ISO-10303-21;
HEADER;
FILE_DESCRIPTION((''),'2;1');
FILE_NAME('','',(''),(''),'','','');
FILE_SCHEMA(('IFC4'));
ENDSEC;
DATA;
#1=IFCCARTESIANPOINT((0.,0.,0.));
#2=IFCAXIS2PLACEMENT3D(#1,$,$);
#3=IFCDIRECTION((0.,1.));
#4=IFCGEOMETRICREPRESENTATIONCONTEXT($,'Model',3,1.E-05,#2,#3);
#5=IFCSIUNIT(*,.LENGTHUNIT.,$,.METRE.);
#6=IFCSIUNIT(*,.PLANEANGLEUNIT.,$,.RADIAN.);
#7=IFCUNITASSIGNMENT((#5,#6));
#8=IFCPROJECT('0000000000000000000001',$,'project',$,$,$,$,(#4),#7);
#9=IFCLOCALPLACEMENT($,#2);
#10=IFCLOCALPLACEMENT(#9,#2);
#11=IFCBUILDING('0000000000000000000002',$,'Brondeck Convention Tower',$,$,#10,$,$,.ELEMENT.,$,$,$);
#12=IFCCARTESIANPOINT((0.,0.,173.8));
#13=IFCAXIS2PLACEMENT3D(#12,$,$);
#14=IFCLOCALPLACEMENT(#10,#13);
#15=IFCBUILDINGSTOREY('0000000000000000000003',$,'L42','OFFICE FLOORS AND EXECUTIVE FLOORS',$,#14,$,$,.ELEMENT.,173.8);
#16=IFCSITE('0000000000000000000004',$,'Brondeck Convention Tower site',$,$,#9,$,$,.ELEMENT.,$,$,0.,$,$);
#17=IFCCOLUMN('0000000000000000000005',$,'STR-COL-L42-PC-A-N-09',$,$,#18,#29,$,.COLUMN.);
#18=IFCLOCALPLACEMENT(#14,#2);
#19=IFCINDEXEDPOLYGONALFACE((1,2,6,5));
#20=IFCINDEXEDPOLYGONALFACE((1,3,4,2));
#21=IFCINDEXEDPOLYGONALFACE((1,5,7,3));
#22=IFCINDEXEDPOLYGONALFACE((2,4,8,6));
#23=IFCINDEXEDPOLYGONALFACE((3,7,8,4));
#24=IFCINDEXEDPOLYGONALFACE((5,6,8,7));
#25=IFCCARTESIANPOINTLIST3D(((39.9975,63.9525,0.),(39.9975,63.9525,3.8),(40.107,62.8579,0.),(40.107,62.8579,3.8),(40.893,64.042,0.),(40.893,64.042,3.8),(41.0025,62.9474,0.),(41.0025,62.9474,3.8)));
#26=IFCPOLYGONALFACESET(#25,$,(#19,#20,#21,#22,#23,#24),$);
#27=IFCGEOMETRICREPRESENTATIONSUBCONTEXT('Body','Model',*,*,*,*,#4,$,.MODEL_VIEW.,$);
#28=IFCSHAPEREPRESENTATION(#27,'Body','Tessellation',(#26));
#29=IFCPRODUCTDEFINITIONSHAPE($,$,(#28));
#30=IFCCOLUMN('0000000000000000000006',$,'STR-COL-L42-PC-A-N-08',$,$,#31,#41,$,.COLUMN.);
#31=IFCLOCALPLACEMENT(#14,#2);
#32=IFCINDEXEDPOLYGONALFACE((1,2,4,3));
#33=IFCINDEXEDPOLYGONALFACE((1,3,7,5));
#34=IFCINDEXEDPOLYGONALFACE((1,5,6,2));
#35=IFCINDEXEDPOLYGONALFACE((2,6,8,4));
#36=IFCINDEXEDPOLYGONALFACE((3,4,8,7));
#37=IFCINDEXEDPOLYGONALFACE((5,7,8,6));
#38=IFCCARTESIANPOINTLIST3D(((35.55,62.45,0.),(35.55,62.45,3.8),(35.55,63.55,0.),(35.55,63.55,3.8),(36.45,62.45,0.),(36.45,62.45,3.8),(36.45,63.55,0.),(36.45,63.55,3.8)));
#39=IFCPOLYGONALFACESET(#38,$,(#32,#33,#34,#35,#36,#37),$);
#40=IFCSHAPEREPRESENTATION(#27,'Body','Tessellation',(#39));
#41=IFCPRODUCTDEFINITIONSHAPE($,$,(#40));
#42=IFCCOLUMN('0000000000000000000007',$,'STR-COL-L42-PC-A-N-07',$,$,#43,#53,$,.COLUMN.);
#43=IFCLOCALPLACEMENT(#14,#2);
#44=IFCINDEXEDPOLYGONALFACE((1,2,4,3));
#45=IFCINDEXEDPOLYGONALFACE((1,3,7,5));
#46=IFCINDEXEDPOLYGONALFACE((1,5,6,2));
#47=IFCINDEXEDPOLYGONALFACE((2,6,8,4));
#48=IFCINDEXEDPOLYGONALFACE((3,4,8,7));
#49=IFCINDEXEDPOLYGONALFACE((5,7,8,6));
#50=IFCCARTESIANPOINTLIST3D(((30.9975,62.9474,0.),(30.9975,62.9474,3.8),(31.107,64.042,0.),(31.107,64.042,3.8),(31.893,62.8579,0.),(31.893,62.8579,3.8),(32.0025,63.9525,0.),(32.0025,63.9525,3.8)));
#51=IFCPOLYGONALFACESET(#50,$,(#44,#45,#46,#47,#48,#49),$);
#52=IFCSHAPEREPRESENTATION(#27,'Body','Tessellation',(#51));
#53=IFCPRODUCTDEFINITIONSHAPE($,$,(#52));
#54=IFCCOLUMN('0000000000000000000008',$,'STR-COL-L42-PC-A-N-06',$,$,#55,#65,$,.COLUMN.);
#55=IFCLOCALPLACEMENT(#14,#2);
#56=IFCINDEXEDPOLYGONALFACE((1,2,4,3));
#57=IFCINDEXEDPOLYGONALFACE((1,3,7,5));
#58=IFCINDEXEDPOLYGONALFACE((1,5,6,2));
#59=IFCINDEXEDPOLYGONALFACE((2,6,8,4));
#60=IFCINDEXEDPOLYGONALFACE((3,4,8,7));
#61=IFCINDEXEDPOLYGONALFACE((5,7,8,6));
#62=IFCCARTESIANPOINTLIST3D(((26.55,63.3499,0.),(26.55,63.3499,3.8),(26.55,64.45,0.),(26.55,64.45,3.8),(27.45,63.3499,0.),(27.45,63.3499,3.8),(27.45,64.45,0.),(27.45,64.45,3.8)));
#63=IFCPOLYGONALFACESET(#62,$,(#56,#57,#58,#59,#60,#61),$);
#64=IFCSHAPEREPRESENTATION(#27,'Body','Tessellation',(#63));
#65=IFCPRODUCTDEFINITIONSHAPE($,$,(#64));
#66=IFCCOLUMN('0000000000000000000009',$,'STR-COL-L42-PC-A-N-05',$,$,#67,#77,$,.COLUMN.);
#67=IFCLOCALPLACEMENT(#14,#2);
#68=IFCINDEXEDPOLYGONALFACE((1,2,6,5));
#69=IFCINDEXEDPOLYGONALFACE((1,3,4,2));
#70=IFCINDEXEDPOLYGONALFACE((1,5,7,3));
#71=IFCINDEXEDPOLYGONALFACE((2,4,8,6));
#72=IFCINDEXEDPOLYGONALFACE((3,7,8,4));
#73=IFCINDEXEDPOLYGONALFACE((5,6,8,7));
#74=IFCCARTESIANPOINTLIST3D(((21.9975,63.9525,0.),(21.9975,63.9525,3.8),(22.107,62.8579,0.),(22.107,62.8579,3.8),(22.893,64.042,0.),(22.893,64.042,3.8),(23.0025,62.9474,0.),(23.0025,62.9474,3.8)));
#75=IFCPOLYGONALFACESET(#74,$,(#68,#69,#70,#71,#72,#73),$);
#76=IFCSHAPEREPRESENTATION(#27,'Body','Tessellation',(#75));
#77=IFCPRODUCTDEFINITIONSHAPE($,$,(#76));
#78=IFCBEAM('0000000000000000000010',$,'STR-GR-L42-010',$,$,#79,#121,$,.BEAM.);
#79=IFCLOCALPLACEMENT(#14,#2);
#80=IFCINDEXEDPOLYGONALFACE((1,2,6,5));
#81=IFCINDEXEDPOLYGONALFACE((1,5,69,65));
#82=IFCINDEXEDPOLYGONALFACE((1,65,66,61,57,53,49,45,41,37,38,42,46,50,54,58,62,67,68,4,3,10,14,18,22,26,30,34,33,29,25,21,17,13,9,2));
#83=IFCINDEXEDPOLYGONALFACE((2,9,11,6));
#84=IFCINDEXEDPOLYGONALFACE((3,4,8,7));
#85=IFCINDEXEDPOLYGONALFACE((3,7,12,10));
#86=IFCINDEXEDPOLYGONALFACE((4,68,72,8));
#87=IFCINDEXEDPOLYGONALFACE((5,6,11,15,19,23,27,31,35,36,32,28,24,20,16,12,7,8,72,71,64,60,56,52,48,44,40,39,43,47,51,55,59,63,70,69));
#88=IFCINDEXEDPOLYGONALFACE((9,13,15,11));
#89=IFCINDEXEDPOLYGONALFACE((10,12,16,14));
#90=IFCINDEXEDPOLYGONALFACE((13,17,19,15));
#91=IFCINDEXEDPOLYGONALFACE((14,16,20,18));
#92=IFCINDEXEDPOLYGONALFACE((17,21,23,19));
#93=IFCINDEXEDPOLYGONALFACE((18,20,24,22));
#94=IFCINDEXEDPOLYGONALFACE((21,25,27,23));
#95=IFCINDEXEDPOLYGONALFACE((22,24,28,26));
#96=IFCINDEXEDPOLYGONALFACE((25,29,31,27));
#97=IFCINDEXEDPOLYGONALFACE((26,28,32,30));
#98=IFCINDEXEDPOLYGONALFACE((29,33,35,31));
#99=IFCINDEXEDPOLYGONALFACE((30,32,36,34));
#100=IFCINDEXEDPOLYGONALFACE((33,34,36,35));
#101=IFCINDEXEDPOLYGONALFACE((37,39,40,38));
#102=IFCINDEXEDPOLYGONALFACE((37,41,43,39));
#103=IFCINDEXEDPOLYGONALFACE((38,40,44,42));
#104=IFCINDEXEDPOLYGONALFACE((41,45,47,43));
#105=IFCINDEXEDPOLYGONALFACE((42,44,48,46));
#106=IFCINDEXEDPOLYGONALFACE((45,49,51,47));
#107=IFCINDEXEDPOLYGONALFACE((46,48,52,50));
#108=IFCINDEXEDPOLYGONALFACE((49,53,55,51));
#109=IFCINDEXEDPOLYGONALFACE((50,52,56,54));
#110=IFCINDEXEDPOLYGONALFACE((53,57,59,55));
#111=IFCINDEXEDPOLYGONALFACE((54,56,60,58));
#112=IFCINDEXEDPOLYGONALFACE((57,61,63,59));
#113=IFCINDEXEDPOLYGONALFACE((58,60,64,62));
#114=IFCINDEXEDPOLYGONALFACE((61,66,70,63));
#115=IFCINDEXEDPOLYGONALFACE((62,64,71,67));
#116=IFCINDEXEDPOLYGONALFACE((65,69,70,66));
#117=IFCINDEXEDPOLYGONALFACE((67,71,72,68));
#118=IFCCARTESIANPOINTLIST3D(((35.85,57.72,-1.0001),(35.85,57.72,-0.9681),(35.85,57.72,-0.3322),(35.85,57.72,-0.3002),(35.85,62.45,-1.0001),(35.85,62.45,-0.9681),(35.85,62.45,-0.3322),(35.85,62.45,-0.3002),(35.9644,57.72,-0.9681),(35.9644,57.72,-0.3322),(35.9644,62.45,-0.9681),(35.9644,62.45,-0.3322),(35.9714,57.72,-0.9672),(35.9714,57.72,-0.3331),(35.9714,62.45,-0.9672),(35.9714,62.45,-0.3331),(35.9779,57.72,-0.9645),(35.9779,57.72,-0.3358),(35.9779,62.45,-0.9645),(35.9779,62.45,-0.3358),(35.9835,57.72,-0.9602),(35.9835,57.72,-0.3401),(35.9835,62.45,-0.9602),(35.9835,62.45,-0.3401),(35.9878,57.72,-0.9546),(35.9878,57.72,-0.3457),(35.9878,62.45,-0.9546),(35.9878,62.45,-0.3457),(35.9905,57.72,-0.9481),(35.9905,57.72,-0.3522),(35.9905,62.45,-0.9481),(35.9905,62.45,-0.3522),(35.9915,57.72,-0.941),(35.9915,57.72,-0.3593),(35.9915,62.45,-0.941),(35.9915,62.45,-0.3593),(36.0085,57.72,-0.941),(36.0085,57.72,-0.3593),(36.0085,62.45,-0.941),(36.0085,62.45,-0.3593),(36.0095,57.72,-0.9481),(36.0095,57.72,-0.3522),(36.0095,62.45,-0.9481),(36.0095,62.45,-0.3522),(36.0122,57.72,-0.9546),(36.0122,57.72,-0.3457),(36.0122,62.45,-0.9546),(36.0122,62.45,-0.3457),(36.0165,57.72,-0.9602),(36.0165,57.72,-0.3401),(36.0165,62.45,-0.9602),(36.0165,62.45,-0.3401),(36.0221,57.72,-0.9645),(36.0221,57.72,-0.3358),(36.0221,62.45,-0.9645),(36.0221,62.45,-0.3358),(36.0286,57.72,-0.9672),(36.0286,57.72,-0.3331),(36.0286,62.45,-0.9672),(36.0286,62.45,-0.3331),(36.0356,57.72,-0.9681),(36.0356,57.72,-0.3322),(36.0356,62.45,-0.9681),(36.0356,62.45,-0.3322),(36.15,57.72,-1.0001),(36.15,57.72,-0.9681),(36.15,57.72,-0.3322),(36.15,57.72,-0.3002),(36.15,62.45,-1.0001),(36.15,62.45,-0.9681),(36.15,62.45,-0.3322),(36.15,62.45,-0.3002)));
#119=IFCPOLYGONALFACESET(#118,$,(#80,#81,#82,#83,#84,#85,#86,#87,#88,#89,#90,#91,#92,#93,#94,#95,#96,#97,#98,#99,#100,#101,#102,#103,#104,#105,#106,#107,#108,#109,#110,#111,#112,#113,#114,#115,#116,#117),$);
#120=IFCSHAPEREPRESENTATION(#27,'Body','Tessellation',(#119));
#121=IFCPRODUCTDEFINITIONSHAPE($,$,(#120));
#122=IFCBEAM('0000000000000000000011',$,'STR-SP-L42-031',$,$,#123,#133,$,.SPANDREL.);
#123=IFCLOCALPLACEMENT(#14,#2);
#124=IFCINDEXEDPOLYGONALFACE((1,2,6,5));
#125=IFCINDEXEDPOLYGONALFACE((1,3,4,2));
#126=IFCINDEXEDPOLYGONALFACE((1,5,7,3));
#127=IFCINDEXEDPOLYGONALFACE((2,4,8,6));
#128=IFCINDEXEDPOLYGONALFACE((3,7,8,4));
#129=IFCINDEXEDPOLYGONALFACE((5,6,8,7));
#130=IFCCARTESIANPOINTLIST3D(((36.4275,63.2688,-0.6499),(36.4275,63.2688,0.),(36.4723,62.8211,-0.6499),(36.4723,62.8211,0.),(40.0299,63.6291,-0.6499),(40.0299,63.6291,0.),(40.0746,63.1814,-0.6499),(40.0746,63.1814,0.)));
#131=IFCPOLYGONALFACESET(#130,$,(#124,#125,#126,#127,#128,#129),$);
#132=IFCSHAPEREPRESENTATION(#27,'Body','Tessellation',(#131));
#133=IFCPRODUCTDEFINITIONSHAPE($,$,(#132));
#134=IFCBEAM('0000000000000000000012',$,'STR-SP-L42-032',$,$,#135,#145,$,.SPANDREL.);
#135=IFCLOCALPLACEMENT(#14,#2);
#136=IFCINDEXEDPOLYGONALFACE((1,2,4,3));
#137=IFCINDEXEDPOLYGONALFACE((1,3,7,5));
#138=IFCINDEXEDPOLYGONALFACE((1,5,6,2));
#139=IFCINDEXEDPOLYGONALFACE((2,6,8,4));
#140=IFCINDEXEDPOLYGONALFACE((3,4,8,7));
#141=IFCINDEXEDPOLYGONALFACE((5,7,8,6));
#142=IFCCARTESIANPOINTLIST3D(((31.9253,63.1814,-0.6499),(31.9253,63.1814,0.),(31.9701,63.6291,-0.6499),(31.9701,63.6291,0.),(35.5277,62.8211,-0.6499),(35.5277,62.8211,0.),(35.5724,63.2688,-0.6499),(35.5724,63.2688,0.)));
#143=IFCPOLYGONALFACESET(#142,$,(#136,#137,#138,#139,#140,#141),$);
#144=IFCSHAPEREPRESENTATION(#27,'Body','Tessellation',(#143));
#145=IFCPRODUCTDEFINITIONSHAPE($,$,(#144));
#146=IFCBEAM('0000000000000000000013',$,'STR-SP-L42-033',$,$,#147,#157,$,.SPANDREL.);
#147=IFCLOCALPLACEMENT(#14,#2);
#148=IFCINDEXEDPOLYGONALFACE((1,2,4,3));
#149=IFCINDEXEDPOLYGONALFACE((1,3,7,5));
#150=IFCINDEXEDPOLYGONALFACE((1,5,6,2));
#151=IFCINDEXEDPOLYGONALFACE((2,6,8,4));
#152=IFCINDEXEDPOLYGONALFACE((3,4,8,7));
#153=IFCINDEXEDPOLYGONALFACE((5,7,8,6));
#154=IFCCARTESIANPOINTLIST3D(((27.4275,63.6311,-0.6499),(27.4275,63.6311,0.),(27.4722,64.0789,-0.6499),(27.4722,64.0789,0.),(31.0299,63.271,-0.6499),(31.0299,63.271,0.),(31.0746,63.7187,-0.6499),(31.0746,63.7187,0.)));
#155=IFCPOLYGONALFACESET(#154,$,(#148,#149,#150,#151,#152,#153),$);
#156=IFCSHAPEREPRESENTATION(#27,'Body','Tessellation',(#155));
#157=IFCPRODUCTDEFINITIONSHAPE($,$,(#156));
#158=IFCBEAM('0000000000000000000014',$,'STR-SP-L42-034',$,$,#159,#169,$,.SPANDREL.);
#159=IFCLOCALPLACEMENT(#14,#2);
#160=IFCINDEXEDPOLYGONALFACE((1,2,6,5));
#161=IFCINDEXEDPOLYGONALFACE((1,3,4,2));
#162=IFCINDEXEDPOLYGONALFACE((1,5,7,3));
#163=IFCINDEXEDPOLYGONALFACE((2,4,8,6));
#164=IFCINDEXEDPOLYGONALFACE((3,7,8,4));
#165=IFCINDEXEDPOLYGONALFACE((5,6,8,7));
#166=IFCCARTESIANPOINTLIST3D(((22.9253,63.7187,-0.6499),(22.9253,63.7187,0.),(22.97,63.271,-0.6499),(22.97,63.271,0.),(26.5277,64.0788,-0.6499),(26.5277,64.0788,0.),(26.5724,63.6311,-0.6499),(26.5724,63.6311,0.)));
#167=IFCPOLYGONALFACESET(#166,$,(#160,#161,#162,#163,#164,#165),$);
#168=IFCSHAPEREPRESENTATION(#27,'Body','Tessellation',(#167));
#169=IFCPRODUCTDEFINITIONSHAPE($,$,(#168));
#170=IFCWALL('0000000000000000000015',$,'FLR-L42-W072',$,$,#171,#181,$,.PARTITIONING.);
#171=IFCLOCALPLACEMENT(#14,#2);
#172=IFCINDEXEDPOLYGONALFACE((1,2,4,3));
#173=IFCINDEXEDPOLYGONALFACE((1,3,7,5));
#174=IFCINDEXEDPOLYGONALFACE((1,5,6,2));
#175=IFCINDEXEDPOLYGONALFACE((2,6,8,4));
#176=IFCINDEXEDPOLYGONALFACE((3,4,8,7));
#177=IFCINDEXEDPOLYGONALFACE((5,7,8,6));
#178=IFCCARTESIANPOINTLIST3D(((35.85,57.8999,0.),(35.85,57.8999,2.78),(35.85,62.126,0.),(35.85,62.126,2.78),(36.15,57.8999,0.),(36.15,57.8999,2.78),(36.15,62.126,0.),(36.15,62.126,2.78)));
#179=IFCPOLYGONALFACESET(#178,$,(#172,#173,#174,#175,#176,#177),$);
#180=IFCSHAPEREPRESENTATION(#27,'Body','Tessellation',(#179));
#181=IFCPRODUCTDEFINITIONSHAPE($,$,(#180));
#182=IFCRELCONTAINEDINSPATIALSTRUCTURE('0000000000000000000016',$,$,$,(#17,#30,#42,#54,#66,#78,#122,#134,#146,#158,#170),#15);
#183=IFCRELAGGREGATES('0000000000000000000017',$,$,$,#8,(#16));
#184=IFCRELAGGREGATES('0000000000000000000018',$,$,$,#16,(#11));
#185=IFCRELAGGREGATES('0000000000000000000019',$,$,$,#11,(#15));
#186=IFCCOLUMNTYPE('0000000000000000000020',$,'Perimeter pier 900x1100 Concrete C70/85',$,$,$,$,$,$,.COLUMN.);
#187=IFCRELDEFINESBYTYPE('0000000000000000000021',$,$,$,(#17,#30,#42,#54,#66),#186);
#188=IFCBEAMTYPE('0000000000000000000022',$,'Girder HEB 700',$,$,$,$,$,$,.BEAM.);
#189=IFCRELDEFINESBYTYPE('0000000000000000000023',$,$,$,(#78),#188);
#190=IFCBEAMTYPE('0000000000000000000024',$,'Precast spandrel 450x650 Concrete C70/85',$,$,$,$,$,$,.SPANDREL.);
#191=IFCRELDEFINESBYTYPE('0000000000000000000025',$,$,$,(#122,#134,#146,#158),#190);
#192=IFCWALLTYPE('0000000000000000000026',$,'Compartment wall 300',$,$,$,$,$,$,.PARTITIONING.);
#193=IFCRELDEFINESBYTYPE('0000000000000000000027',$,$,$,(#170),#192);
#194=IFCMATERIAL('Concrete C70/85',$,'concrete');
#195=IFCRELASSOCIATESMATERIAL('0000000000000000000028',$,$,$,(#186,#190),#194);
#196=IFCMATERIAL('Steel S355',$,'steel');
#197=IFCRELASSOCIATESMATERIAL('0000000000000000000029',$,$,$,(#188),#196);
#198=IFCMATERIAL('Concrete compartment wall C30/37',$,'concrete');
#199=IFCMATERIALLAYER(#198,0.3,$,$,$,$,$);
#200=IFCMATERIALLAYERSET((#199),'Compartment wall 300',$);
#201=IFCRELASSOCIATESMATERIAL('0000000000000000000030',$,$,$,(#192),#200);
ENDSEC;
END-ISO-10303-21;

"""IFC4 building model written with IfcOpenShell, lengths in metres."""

from ifc_helpers import new_model, si_unit, direction, frame, frame_2d, origin, origin_2d, place, context, subcontext, project, spatial, rectangle, i_section, extrude, material, layer, layer_set, material_profile, profile_set, type_object, element, save


model = new_model("IFC4")

# Units and contexts
model_context = context("Model", 3, precision=1e-05, world=origin(), true_north=direction((0.0, 1.0)))
body_context = subcontext(model_context, "Body", "Model", "MODEL_VIEW")
ifc_project = project(units=[si_unit("LENGTHUNIT", "METRE"), si_unit("PLANEANGLEUNIT", "RADIAN")], contexts=[model_context])

# Site, building, storey
site_placement = place(None, origin())
site = spatial("IfcSite", under=ifc_project, at=site_placement, Name="Brondeck Convention Tower site", CompositionType="ELEMENT", RefElevation=0.0)
building_placement = place(site_placement, origin())
building = spatial("IfcBuilding", under=site, at=building_placement, Name="Brondeck Convention Tower", CompositionType="ELEMENT")
storey_placement = place(building_placement, frame((0.0, 0.0, 173.8)))
storey = spatial("IfcBuildingStorey", under=building, at=storey_placement, Name="L42", Description="OFFICE FLOORS AND EXECUTIVE FLOORS", CompositionType="ELEMENT", Elevation=173.8)

# Columns
ifc_material_1 = material(Name="Concrete C70/85", Category="concrete")
ifc_material_profile_1 = material_profile(ifc_material_1, rectangle(XDim=0.8999, YDim=1.1001, at=origin_2d()), Name="Perimeter pier 900x1100 Concrete C70/85")
ifc_profile_set_1 = profile_set([ifc_material_profile_1], Name="Concrete C70/85")
column_type = type_object("IfcColumnType", Name="Perimeter pier 900x1100 Concrete C70/85", PredefinedType="COLUMN", material=ifc_profile_set_1)
for number, where, z_axis, x_axis, name in (
    (1, (40.5, 63.45, 0.0), (0.0, 0.0, 1.0), (-0.995037, -0.099504, 0.0), "STR-COL-L42-PC-A-N-09"),
    (2, (36.0, 63.0, 0.0), (0.0, 0.0, 1.0), (-1.0, 0.0, 0.0), "STR-COL-L42-PC-A-N-08"),
    (3, (31.5, 63.45, 0.0), (0.0, 0.0, 1.0), (-0.995037, 0.099504, 0.0), "STR-COL-L42-PC-A-N-07"),
    (4, (27.0, 63.8999, 0.0), (0.0, 0.0, 1.0), (-1.0, 0.0, 0.0), "STR-COL-L42-PC-A-N-06"),
    (5, (22.5, 63.45, 0.0), (0.0, 0.0, 1.0), (-0.995037, -0.099504, 0.0), "STR-COL-L42-PC-A-N-05"),
):
    element("IfcColumn", number, at=place(storey_placement, frame(where, z_axis=z_axis, x_axis=x_axis)), inside=storey, type_object=column_type, Name=name, PredefinedType="COLUMN", context=body_context, shape_type="SweptSolid", body=[
        extrude(rectangle(XDim=0.8999, YDim=1.1001, at=origin_2d()), origin(), (0.0, 0.0, 1.0), 3.8),
    ])

# Beams
ifc_material_2 = material(Name="Steel S355", Category="steel")
ifc_material_profile_2 = material_profile(ifc_material_2, i_section(OverallWidth=0.3, OverallDepth=0.7, WebThickness=0.0171, FlangeThickness=0.032, FilletRadius=0.0271, at=origin_2d()), Name="HEB 700")
ifc_profile_set_2 = profile_set([ifc_material_profile_2], Name="Steel S355")
beam_type_1 = type_object("IfcBeamType", Name="Girder HEB 700", PredefinedType="BEAM", material=ifc_profile_set_2)
beam_placement = place(storey_placement, frame((36.0, 57.72, -0.6501), z_axis=(0.0, 1.0, 0.0), x_axis=(-1.0, 0.0, 0.0)))
element("IfcBeam", 6, at=beam_placement, inside=storey, type_object=beam_type_1, Name="STR-GR-L42-010", PredefinedType="BEAM", context=body_context, shape_type="SweptSolid", body=[
    extrude(i_section(OverallWidth=0.3, OverallDepth=0.7, WebThickness=0.0171, FlangeThickness=0.032, FilletRadius=0.0271, at=origin_2d()), origin(), (0.0, 0.0, 1.0), 4.73),
])
ifc_material_profile_3 = material_profile(ifc_material_1, rectangle(XDim=0.45, YDim=0.6499, at=origin_2d()), Name="Precast spandrel 450x650 Concrete C70/85")
ifc_profile_set_3 = profile_set([ifc_material_profile_3], Name="Concrete C70/85")
beam_type_2 = type_object("IfcBeamType", Name="Precast spandrel 450x650 Concrete C70/85", PredefinedType="SPANDREL", material=ifc_profile_set_3)
for number, where, z_axis, x_axis, name in (
    (7, (40.0522, 63.4053, -0.325), (-0.995034, -0.099537, 0.0), (0.099537, -0.995034, 0.0), "STR-SP-L42-031"),
    (8, (35.55, 63.0449, -0.325), (-0.995034, 0.099537, 0.0), (-0.099537, -0.995034, 0.0), "STR-SP-L42-032"),
    (9, (31.0522, 63.4949, -0.325), (-0.995041, 0.09947, 0.0), (-0.09947, -0.995041, 0.0), "STR-SP-L42-033"),
    (10, (26.55, 63.855, -0.325), (-0.995041, -0.09947, 0.0), (0.09947, -0.995041, 0.0), "STR-SP-L42-034"),
):
    element("IfcBeam", number, at=place(storey_placement, frame(where, z_axis=z_axis, x_axis=x_axis)), inside=storey, type_object=beam_type_2, Name=name, PredefinedType="SPANDREL", context=body_context, shape_type="SweptSolid", body=[
        extrude(rectangle(XDim=0.45, YDim=0.6499, at=origin_2d()), origin(), (0.0, 0.0, 1.0), 3.6204),
    ])

# Wall
ifc_material_3 = material(Name="Concrete compartment wall C30/37", Category="concrete")
ifc_layer_1 = layer(ifc_material_3, 0.3)
ifc_layer_set_1 = layer_set([ifc_layer_1], Name="Compartment wall 300")
wall_type_1 = type_object("IfcWallType", Name="Compartment wall 300", PredefinedType="PARTITIONING", material=ifc_layer_set_1)
wall_1_placement = place(storey_placement, frame((36.0, 57.8999, 0.0), z_axis=(0.0, 0.0, 1.0), x_axis=(0.0, 1.0, 0.0)))
element("IfcWall", 11, at=wall_1_placement, inside=storey, type_object=wall_type_1, Name="FLR-L42-W072", PredefinedType="PARTITIONING", context=body_context, shape_type="SweptSolid", body=[
    extrude(rectangle(XDim=4.2261, YDim=0.3, at=frame_2d((2.113, 0.0))), origin(), (0.0, 0.0, 1.0), 2.78),
])

save(model, "model.ifc")
